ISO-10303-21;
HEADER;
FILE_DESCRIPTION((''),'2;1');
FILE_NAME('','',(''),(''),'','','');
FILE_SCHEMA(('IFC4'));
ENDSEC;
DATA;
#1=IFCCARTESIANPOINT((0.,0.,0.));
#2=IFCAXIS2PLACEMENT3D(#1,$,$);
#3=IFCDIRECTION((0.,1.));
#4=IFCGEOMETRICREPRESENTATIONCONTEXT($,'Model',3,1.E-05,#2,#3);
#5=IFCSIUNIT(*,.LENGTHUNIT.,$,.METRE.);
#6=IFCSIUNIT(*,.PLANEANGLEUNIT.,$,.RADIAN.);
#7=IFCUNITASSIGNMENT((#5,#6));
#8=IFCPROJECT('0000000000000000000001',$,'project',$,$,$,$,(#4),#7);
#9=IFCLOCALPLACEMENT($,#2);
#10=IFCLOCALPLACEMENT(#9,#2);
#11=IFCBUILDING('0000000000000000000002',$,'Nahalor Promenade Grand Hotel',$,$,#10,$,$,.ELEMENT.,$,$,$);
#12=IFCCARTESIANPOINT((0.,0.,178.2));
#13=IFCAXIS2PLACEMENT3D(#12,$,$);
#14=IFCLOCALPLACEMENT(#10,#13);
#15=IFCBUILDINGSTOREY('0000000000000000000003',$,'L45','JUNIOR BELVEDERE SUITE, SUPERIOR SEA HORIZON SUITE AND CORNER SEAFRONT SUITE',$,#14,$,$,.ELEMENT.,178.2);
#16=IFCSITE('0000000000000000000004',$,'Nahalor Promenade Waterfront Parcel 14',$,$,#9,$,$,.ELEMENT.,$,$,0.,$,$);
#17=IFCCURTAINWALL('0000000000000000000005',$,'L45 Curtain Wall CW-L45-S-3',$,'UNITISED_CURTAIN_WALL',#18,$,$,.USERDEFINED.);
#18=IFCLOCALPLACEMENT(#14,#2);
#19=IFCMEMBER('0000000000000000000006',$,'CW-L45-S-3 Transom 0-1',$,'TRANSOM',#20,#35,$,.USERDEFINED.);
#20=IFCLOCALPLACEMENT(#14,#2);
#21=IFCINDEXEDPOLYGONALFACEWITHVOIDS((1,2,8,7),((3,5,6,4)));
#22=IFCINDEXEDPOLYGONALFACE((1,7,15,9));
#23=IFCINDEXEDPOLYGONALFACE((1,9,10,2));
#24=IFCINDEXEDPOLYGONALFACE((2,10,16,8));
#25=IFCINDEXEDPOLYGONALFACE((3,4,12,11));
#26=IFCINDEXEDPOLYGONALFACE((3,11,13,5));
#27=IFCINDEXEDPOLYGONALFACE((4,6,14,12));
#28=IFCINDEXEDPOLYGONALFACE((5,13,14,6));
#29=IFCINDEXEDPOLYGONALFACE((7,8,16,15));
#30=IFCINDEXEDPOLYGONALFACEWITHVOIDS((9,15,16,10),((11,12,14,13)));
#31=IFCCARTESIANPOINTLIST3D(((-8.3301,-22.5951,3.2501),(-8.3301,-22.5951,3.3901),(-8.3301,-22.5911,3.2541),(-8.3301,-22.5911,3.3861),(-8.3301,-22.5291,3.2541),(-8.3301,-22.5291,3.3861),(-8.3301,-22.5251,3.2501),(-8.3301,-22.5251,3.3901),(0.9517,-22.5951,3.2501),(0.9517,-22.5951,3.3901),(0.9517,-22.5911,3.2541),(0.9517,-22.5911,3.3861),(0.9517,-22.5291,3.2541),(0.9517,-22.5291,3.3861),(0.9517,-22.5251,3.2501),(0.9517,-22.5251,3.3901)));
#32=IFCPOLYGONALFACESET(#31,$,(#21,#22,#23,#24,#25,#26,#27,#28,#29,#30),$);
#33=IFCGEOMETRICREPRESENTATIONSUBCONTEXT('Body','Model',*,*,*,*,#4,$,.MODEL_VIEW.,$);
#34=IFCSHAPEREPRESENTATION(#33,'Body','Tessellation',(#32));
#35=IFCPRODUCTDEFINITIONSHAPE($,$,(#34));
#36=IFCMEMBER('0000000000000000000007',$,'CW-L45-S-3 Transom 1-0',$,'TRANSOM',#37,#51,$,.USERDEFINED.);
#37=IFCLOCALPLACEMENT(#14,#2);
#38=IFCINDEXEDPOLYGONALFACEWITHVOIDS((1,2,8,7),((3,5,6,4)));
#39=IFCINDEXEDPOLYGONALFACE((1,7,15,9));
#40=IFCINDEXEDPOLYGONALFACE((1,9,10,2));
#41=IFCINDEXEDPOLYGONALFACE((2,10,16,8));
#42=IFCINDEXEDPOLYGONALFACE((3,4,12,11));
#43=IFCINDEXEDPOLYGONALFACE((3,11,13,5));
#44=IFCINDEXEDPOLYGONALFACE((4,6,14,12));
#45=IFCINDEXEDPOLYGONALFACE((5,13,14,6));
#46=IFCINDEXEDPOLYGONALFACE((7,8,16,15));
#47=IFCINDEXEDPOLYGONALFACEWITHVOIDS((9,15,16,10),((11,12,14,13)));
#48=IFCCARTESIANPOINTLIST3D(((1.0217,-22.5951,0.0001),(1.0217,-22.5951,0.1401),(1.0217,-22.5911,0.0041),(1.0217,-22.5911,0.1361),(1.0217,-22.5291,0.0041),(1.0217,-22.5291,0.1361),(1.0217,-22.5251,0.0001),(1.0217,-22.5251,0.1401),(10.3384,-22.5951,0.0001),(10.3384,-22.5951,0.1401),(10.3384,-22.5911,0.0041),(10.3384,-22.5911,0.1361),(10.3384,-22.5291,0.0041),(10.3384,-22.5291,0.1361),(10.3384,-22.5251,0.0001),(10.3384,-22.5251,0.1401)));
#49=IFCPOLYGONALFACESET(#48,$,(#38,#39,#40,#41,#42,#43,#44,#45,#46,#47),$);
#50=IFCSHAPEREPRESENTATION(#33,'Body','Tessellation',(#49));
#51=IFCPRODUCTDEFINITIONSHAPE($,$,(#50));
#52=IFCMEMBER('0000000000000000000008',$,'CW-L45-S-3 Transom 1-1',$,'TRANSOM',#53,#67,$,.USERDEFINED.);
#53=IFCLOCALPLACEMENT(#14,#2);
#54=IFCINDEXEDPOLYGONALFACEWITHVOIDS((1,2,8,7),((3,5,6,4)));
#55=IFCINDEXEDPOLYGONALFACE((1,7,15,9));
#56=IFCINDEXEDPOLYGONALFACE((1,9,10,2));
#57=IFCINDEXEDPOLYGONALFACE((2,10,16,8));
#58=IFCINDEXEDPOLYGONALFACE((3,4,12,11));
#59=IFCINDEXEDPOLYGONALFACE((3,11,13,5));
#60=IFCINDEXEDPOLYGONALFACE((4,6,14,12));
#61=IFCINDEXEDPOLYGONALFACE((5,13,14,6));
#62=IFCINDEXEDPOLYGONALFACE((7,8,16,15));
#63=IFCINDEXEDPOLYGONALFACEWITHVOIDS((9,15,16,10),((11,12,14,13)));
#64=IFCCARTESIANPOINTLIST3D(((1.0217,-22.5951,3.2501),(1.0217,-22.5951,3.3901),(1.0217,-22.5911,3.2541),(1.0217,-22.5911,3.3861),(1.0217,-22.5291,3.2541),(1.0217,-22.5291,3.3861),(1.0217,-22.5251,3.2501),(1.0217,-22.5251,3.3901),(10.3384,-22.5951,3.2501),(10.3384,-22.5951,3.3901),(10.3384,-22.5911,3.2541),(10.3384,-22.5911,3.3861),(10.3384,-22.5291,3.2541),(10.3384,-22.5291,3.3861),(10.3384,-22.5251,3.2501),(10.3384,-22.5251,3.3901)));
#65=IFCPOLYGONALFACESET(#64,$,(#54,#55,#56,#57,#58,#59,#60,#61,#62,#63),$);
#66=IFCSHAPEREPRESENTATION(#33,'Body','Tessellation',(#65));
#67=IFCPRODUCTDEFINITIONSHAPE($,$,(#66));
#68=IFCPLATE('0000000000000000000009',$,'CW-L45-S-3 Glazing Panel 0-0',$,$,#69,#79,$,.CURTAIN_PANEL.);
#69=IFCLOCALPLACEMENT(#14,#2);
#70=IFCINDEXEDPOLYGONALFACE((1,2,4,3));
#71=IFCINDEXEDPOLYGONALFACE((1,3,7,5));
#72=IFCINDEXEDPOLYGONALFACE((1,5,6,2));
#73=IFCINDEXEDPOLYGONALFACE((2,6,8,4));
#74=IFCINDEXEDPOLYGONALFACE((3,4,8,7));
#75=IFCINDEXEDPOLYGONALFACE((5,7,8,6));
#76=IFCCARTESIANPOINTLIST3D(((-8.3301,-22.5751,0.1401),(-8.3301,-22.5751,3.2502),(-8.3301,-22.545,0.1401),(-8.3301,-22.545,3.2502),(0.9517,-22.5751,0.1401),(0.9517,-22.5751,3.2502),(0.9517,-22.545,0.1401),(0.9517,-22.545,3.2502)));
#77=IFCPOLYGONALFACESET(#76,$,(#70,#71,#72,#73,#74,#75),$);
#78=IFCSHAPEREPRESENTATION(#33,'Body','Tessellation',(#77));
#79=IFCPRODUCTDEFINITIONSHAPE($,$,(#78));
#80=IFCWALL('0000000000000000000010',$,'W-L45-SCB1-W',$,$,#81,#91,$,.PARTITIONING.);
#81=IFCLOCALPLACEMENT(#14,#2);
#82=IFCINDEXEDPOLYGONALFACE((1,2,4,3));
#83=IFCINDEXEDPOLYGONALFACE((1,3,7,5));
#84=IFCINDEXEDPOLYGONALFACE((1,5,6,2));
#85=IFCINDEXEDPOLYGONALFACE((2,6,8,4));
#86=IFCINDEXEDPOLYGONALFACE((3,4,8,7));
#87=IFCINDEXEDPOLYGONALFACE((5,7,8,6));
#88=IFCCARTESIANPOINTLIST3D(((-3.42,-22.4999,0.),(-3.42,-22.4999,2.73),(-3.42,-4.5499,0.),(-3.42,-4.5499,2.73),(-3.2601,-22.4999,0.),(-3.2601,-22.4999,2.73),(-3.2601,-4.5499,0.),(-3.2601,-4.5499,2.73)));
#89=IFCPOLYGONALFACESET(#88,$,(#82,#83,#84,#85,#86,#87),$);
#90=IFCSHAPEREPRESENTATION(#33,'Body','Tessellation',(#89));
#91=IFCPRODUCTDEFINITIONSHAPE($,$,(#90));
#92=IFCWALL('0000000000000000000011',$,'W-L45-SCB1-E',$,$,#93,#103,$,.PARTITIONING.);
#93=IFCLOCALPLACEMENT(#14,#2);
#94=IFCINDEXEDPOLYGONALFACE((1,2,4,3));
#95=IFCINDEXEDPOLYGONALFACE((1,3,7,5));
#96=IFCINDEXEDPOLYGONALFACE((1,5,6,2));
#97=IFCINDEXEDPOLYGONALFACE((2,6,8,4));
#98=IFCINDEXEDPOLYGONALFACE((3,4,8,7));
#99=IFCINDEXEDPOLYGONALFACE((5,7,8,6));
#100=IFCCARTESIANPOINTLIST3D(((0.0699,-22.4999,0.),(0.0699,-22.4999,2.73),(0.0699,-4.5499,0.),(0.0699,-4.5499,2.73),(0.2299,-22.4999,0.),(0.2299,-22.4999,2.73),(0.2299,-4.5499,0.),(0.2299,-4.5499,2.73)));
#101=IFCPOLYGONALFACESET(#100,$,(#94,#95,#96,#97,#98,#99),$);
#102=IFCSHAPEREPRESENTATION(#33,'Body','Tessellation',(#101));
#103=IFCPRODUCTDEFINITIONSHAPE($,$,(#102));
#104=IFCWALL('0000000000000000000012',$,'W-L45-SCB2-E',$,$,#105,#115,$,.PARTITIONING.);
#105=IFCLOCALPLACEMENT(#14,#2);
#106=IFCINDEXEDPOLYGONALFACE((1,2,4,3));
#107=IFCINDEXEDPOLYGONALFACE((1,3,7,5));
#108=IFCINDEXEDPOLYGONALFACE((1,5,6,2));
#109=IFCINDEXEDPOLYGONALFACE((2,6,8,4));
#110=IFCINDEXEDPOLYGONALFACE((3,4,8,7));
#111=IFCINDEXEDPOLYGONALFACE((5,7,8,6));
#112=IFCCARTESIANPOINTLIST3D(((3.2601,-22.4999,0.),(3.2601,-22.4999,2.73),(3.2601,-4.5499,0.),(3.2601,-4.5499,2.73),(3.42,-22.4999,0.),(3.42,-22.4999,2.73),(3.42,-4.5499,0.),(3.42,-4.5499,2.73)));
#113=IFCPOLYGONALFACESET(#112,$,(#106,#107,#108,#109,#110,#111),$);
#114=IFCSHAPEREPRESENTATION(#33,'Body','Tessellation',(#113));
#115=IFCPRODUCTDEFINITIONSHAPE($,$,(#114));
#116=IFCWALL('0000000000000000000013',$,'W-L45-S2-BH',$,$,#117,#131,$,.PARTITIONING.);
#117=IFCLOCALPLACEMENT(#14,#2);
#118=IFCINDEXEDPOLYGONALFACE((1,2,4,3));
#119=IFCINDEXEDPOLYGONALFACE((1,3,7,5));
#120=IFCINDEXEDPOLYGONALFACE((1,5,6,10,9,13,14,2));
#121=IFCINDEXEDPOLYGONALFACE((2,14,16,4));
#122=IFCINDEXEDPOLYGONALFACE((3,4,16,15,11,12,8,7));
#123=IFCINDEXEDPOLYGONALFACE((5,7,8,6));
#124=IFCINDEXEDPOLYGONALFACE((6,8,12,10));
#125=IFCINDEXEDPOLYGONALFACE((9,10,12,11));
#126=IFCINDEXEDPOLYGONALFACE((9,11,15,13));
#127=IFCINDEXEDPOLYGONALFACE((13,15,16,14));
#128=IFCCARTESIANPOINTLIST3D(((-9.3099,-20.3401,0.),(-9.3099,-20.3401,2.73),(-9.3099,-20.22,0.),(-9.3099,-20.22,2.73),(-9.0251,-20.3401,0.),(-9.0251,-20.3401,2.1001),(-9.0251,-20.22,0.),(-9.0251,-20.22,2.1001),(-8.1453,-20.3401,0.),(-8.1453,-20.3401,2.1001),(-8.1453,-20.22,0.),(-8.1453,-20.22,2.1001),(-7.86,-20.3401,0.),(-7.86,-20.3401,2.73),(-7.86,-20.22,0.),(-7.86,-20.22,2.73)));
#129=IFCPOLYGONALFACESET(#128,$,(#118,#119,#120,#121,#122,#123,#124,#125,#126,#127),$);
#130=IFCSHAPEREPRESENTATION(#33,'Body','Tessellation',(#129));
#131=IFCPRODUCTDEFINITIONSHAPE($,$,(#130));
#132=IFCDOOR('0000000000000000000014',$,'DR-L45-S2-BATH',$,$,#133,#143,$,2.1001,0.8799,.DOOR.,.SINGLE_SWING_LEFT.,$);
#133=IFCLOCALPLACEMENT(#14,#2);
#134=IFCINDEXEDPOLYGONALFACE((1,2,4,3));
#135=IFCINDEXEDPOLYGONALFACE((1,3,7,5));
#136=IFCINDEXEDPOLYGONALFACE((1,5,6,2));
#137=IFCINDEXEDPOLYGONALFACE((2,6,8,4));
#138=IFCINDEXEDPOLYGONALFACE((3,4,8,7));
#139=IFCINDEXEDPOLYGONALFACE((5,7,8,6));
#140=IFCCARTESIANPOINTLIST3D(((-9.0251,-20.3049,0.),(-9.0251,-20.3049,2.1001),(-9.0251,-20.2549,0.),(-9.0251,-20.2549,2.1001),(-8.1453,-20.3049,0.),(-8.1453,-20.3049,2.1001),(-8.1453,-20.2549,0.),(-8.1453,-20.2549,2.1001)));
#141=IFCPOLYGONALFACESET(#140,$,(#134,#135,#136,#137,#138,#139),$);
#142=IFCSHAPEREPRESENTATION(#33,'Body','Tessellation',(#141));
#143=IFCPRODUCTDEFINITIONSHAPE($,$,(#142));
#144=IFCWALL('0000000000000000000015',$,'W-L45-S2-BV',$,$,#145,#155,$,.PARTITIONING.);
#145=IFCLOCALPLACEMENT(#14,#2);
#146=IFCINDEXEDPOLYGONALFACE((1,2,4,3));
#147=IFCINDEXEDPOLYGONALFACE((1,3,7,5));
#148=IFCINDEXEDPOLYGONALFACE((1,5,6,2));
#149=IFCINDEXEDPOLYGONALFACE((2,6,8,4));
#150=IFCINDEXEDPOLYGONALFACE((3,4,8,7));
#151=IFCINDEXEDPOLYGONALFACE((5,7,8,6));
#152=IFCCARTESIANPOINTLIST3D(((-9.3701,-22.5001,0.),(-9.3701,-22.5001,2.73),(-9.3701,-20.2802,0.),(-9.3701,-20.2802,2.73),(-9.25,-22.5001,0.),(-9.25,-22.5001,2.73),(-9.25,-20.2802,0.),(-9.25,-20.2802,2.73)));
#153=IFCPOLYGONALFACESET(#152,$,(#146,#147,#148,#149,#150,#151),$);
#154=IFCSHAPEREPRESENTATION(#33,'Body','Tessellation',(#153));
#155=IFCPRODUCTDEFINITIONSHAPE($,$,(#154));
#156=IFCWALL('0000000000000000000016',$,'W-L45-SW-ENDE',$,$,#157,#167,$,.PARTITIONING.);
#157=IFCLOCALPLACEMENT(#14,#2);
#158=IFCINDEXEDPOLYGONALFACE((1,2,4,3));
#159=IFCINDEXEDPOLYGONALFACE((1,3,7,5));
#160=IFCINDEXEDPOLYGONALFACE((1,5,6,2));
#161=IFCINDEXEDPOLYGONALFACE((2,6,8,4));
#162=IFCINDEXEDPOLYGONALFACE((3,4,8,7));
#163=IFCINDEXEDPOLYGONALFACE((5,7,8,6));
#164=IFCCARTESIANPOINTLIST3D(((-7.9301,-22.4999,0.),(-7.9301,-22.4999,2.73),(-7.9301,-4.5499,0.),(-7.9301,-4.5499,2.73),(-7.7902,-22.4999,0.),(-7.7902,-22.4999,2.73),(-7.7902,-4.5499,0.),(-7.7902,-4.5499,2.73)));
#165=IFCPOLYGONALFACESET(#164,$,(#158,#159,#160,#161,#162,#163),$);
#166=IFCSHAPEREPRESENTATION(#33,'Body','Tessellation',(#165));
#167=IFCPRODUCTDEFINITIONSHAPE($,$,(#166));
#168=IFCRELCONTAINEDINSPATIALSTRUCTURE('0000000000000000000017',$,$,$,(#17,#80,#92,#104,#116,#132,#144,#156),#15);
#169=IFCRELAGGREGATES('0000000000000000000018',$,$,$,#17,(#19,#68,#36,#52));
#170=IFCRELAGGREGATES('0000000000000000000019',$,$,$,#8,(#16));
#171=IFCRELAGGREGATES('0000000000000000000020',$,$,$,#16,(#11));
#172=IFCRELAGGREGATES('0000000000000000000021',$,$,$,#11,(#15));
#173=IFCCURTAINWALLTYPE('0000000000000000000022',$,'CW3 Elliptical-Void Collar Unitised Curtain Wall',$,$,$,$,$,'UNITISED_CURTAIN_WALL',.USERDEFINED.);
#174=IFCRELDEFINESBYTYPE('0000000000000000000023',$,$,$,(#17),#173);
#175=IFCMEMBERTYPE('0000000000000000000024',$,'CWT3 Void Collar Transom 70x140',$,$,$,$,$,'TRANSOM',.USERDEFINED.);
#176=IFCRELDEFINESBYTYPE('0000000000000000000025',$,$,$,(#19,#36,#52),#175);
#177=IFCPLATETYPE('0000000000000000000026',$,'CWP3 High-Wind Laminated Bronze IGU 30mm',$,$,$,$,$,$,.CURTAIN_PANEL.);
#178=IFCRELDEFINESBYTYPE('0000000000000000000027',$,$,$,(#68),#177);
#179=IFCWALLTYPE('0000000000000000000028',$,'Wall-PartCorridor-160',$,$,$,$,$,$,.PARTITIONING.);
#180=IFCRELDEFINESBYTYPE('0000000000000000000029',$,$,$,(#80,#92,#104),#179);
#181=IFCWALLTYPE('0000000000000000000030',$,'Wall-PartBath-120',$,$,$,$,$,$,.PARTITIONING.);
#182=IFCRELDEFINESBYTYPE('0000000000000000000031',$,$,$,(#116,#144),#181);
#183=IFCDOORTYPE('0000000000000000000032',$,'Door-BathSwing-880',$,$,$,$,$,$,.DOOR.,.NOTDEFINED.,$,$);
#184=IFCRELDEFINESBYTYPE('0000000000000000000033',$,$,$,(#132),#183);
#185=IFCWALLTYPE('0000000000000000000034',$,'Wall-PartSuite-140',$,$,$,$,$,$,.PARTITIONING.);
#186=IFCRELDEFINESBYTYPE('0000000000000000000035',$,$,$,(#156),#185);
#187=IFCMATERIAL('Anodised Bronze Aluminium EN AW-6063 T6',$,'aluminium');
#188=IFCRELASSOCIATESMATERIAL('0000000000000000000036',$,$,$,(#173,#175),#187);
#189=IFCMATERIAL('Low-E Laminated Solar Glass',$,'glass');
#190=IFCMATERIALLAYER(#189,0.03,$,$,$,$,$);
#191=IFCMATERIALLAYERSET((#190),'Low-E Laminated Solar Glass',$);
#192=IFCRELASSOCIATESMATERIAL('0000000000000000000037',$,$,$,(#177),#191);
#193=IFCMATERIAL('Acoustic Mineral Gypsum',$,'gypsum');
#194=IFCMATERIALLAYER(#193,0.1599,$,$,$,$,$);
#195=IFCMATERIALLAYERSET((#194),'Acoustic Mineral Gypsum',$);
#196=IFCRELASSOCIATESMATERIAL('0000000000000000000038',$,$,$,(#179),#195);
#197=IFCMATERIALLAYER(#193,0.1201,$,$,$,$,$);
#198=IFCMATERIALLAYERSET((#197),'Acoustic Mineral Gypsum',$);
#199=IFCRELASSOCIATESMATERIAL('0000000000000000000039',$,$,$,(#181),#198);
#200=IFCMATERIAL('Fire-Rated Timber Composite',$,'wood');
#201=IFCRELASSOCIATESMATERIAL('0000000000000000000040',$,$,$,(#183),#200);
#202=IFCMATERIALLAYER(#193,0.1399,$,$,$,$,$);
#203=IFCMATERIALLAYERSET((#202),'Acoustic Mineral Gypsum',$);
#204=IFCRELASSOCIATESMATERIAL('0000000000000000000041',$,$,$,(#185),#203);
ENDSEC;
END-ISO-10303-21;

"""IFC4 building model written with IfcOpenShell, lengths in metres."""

from ifc_helpers import new_model, si_unit, direction, frame, frame_2d, origin, origin_2d, place, context, subcontext, project, spatial, rectangle, hollow_rectangle, extrude, source, transform, mapped, material, layer, layer_set, material_profile, profile_set, type_object, element, fill, aggregate, save


model = new_model("IFC4")

# Units and contexts
model_context = context("Model", 3, precision=1e-05, world=origin(), true_north=direction((0.0, 1.0)))
body_context = subcontext(model_context, "Body", "Model", "MODEL_VIEW")
ifc_project = project(units=[si_unit("LENGTHUNIT", "METRE"), si_unit("PLANEANGLEUNIT", "RADIAN")], contexts=[model_context])

# Site, building, storey
site_placement = place(None, origin())
site = spatial("IfcSite", under=ifc_project, at=site_placement, Name="Nahalor Promenade Waterfront Parcel 14", CompositionType="ELEMENT", RefElevation=0.0)
building_placement = place(site_placement, origin())
building = spatial("IfcBuilding", under=site, at=building_placement, Name="Nahalor Promenade Grand Hotel", CompositionType="ELEMENT")
storey_placement = place(building_placement, frame((0.0, 0.0, 178.2)))
storey = spatial("IfcBuildingStorey", under=building, at=storey_placement, Name="L45", Description="JUNIOR BELVEDERE SUITE, SUPERIOR SEA HORIZON SUITE AND CORNER SEAFRONT SUITE", CompositionType="ELEMENT", Elevation=178.2)

# Curtain wall, members, plate
ifc_material_1 = material(Name="Anodised Bronze Aluminium EN AW-6063 T6", Category="aluminium")
curtain_wall_type = type_object("IfcCurtainWallType", Name="CW3 Elliptical-Void Collar Unitised Curtain Wall", ElementType="UNITISED_CURTAIN_WALL", PredefinedType="USERDEFINED", material=ifc_material_1)
curtain_wall_placement = place(storey_placement, origin())
curtain_wall = element("IfcCurtainWall", 1, at=curtain_wall_placement, inside=storey, type_object=curtain_wall_type, Name="L45 Curtain Wall CW-L45-S-3", ObjectType="UNITISED_CURTAIN_WALL", PredefinedType="USERDEFINED")
ifc_material_profile_1 = material_profile(ifc_material_1, hollow_rectangle(XDim=0.07, YDim=0.14, WallThickness=0.004, at=origin_2d()), Name="CWT 70x140x4")
ifc_profile_set_1 = profile_set([ifc_material_profile_1], Name="Anodised Bronze Aluminium EN AW-6063 T6")
member_type_1 = type_object("IfcMemberType", Name="CWT3 Void Collar Transom 70x140", ElementType="TRANSOM", PredefinedType="USERDEFINED", material=ifc_profile_set_1)
shared_shape_1 = source(origin(), body_context, "Body", "SweptSolid", [
    extrude(hollow_rectangle(XDim=0.07, YDim=0.14, WallThickness=0.004, at=origin_2d()), origin(), (0.0, 0.0, 1.0), 9.2817),
])
member_1_placement = place(storey_placement, frame((-8.3301, -22.5601, 3.3201), z_axis=(1.0, 0.0, 0.0), x_axis=(0.0, 1.0, 0.0)))
member_1 = element("IfcMember", 2, at=member_1_placement, type_object=member_type_1, Name="CW-L45-S-3 Transom 0-1", ObjectType="TRANSOM", PredefinedType="USERDEFINED", context=body_context, shape_type="MappedRepresentation", body=[
    mapped(shared_shape_1, transform((0.0, 0.0, 0.0), scale=1.0)),
])
shared_shape_2 = source(origin(), body_context, "Body", "SweptSolid", [
    extrude(hollow_rectangle(XDim=0.07, YDim=0.14, WallThickness=0.004, at=origin_2d()), origin(), (0.0, 0.0, 1.0), 9.3167),
])
member_2_placement = place(storey_placement, frame((1.0217, -22.5601, 0.0701), z_axis=(1.0, 0.0, 0.0), x_axis=(0.0, 1.0, 0.0)))
member_2 = element("IfcMember", 3, at=member_2_placement, type_object=member_type_1, Name="CW-L45-S-3 Transom 1-0", ObjectType="TRANSOM", PredefinedType="USERDEFINED", context=body_context, shape_type="MappedRepresentation", body=[
    mapped(shared_shape_2, transform((0.0, 0.0, 0.0), scale=1.0)),
])
member_3_placement = place(storey_placement, frame((1.0217, -22.5601, 3.3201), z_axis=(1.0, 0.0, 0.0), x_axis=(0.0, 1.0, 0.0)))
member_3 = element("IfcMember", 4, at=member_3_placement, type_object=member_type_1, Name="CW-L45-S-3 Transom 1-1", ObjectType="TRANSOM", PredefinedType="USERDEFINED", context=body_context, shape_type="MappedRepresentation", body=[
    mapped(shared_shape_2, transform((0.0, 0.0, 0.0), scale=1.0)),
])
ifc_material_2 = material(Name="Low-E Laminated Solar Glass", Category="glass")
ifc_layer_1 = layer(ifc_material_2, 0.03)
ifc_layer_set_1 = layer_set([ifc_layer_1], Name="Low-E Laminated Solar Glass")
plate_type = type_object("IfcPlateType", Name="CWP3 High-Wind Laminated Bronze IGU 30mm", PredefinedType="CURTAIN_PANEL", material=ifc_layer_set_1)
shared_shape_3 = source(origin(), body_context, "Body", "SweptSolid", [
    extrude(rectangle(XDim=9.2817, YDim=0.03, at=origin_2d()), origin(), (0.0, 0.0, 1.0), 3.1101),
])
plate_placement = place(storey_placement, frame((-3.6892, -22.5601, 0.1401), z_axis=(0.0, 0.0, 1.0), x_axis=(1.0, 0.0, 0.0)))
plate = element("IfcPlate", 5, at=plate_placement, type_object=plate_type, Name="CW-L45-S-3 Glazing Panel 0-0", PredefinedType="CURTAIN_PANEL", context=body_context, shape_type="MappedRepresentation", body=[
    mapped(shared_shape_3, transform((0.0, 0.0, 0.0), scale=1.0)),
])
aggregate(curtain_wall, [member_1, plate, member_2, member_3])

# Walls
ifc_material_3 = material(Name="Acoustic Mineral Gypsum", Category="gypsum")
ifc_layer_2 = layer(ifc_material_3, 0.1599)
ifc_layer_set_2 = layer_set([ifc_layer_2], Name="Acoustic Mineral Gypsum")
wall_type_1 = type_object("IfcWallType", Name="Wall-PartCorridor-160", PredefinedType="PARTITIONING", material=ifc_layer_set_2)
shared_shape_4 = source(origin(), body_context, "Body", "SweptSolid", [
    extrude(rectangle(XDim=17.95, YDim=0.1599, at=frame_2d((8.9751, 0.0))), origin(), (0.0, 0.0, 1.0), 2.73),
])
for number, where, z_axis, x_axis, name in (
    (6, (-3.3401, -22.5, 0.0), (0.0, 0.0, 1.0), (0.0, 1.0, 0.0), "W-L45-SCB1-W"),
    (7, (0.1499, -22.5, 0.0), (0.0, 0.0, 1.0), (0.0, 1.0, 0.0), "W-L45-SCB1-E"),
    (8, (3.3401, -22.5, 0.0), (0.0, 0.0, 1.0), (0.0, 1.0, 0.0), "W-L45-SCB2-E"),
):
    element("IfcWall", number, at=place(storey_placement, frame(where, z_axis=z_axis, x_axis=x_axis)), inside=storey, type_object=wall_type_1, Name=name, PredefinedType="PARTITIONING", context=body_context, shape_type="MappedRepresentation", body=[
        mapped(shared_shape_4, transform((0.0, 0.0, 0.0), scale=1.0)),
    ])

# Wall, opening, door
ifc_layer_3 = layer(ifc_material_3, 0.1201)
ifc_layer_set_3 = layer_set([ifc_layer_3], Name="Acoustic Mineral Gypsum")
wall_type_2 = type_object("IfcWallType", Name="Wall-PartBath-120", PredefinedType="PARTITIONING", material=ifc_layer_set_3)
shared_shape_5 = source(origin(), body_context, "Body", "SweptSolid", [
    extrude(rectangle(XDim=1.45, YDim=0.1201, at=frame_2d((0.7251, 0.0))), origin(), (0.0, 0.0, 1.0), 2.73),
])
wall_1_placement = place(storey_placement, frame((-9.3101, -20.28, 0.0), z_axis=(0.0, 0.0, 1.0), x_axis=(1.0, 0.0, 0.0)))
wall_1 = element("IfcWall", 9, at=wall_1_placement, inside=storey, type_object=wall_type_2, Name="W-L45-S2-BH", PredefinedType="PARTITIONING", context=body_context, shape_type="MappedRepresentation", body=[
    mapped(shared_shape_5, transform((0.0, 0.0, 0.0), scale=1.0)),
])
opening_placement = place(wall_1_placement, frame((0.2849, 0.0, 0.0)))
opening = element("IfcOpeningElement", 10, at=opening_placement, cuts=wall_1, PredefinedType="OPENING", context=body_context, shape_type="SweptSolid", body=[
    extrude(rectangle(XDim=0.8799, YDim=2.1001, at=frame_2d((0.4399, 1.05))), frame((0.0, 0.0701, 0.0), z_axis=(0.0, -1.0, 0.0), x_axis=(1.0, 0.0, 0.0)), (0.0, 0.0, 1.0), 0.1401),
])
ifc_material_4 = material(Name="Fire-Rated Timber Composite", Category="wood")
door_type = type_object("IfcDoorType", Name="Door-BathSwing-880", OperationType="NOTDEFINED", PredefinedType="DOOR", material=ifc_material_4)
shared_shape_6 = source(origin(), body_context, "Body", "SweptSolid", [
    extrude(rectangle(XDim=0.8799, YDim=2.1001, at=frame_2d((0.4399, 1.05))), frame((0.0, 0.0249, 0.0), z_axis=(0.0, -1.0, 0.0), x_axis=(1.0, 0.0, 0.0)), (0.0, 0.0, 1.0), 0.05),
])
door_placement = place(opening_placement, frame((0.8799, 0.0, 0.0), z_axis=(0.0, 0.0, 1.0), x_axis=(-1.0, 0.0, 0.0)))
door = element("IfcDoor", 11, at=door_placement, inside=storey, type_object=door_type, Name="DR-L45-S2-BATH", OperationType="SINGLE_SWING_LEFT", OverallHeight=2.1001, OverallWidth=0.8799, PredefinedType="DOOR", context=body_context, shape_type="MappedRepresentation", body=[
    mapped(shared_shape_6, transform((0.0, 0.0, 0.0), scale=1.0)),
])
fill(opening, door)

# Walls
shared_shape_7 = source(origin(), body_context, "Body", "SweptSolid", [
    extrude(rectangle(XDim=2.22, YDim=0.1201, at=frame_2d((1.1099, 0.0))), origin(), (0.0, 0.0, 1.0), 2.73),
])
wall_2_placement = place(storey_placement, frame((-9.3101, -22.5, 0.0), z_axis=(0.0, 0.0, 1.0), x_axis=(0.0, 1.0, 0.0)))
element("IfcWall", 12, at=wall_2_placement, inside=storey, type_object=wall_type_2, Name="W-L45-S2-BV", PredefinedType="PARTITIONING", context=body_context, shape_type="MappedRepresentation", body=[
    mapped(shared_shape_7, transform((0.0, 0.0, 0.0), scale=1.0)),
])
ifc_layer_4 = layer(ifc_material_3, 0.1399)
ifc_layer_set_4 = layer_set([ifc_layer_4], Name="Acoustic Mineral Gypsum")
wall_type_3 = type_object("IfcWallType", Name="Wall-PartSuite-140", PredefinedType="PARTITIONING", material=ifc_layer_set_4)
shared_shape_8 = source(origin(), body_context, "Body", "SweptSolid", [
    extrude(rectangle(XDim=17.95, YDim=0.1399, at=frame_2d((8.9751, 0.0))), origin(), (0.0, 0.0, 1.0), 2.73),
])
wall_3_placement = place(storey_placement, frame((-7.8601, -22.5, 0.0), z_axis=(0.0, 0.0, 1.0), x_axis=(0.0, 1.0, 0.0)))
element("IfcWall", 13, at=wall_3_placement, inside=storey, type_object=wall_type_3, Name="W-L45-SW-ENDE", PredefinedType="PARTITIONING", context=body_context, shape_type="MappedRepresentation", body=[
    mapped(shared_shape_8, transform((0.0, 0.0, 0.0), scale=1.0)),
])

save(model, "model.ifc")
